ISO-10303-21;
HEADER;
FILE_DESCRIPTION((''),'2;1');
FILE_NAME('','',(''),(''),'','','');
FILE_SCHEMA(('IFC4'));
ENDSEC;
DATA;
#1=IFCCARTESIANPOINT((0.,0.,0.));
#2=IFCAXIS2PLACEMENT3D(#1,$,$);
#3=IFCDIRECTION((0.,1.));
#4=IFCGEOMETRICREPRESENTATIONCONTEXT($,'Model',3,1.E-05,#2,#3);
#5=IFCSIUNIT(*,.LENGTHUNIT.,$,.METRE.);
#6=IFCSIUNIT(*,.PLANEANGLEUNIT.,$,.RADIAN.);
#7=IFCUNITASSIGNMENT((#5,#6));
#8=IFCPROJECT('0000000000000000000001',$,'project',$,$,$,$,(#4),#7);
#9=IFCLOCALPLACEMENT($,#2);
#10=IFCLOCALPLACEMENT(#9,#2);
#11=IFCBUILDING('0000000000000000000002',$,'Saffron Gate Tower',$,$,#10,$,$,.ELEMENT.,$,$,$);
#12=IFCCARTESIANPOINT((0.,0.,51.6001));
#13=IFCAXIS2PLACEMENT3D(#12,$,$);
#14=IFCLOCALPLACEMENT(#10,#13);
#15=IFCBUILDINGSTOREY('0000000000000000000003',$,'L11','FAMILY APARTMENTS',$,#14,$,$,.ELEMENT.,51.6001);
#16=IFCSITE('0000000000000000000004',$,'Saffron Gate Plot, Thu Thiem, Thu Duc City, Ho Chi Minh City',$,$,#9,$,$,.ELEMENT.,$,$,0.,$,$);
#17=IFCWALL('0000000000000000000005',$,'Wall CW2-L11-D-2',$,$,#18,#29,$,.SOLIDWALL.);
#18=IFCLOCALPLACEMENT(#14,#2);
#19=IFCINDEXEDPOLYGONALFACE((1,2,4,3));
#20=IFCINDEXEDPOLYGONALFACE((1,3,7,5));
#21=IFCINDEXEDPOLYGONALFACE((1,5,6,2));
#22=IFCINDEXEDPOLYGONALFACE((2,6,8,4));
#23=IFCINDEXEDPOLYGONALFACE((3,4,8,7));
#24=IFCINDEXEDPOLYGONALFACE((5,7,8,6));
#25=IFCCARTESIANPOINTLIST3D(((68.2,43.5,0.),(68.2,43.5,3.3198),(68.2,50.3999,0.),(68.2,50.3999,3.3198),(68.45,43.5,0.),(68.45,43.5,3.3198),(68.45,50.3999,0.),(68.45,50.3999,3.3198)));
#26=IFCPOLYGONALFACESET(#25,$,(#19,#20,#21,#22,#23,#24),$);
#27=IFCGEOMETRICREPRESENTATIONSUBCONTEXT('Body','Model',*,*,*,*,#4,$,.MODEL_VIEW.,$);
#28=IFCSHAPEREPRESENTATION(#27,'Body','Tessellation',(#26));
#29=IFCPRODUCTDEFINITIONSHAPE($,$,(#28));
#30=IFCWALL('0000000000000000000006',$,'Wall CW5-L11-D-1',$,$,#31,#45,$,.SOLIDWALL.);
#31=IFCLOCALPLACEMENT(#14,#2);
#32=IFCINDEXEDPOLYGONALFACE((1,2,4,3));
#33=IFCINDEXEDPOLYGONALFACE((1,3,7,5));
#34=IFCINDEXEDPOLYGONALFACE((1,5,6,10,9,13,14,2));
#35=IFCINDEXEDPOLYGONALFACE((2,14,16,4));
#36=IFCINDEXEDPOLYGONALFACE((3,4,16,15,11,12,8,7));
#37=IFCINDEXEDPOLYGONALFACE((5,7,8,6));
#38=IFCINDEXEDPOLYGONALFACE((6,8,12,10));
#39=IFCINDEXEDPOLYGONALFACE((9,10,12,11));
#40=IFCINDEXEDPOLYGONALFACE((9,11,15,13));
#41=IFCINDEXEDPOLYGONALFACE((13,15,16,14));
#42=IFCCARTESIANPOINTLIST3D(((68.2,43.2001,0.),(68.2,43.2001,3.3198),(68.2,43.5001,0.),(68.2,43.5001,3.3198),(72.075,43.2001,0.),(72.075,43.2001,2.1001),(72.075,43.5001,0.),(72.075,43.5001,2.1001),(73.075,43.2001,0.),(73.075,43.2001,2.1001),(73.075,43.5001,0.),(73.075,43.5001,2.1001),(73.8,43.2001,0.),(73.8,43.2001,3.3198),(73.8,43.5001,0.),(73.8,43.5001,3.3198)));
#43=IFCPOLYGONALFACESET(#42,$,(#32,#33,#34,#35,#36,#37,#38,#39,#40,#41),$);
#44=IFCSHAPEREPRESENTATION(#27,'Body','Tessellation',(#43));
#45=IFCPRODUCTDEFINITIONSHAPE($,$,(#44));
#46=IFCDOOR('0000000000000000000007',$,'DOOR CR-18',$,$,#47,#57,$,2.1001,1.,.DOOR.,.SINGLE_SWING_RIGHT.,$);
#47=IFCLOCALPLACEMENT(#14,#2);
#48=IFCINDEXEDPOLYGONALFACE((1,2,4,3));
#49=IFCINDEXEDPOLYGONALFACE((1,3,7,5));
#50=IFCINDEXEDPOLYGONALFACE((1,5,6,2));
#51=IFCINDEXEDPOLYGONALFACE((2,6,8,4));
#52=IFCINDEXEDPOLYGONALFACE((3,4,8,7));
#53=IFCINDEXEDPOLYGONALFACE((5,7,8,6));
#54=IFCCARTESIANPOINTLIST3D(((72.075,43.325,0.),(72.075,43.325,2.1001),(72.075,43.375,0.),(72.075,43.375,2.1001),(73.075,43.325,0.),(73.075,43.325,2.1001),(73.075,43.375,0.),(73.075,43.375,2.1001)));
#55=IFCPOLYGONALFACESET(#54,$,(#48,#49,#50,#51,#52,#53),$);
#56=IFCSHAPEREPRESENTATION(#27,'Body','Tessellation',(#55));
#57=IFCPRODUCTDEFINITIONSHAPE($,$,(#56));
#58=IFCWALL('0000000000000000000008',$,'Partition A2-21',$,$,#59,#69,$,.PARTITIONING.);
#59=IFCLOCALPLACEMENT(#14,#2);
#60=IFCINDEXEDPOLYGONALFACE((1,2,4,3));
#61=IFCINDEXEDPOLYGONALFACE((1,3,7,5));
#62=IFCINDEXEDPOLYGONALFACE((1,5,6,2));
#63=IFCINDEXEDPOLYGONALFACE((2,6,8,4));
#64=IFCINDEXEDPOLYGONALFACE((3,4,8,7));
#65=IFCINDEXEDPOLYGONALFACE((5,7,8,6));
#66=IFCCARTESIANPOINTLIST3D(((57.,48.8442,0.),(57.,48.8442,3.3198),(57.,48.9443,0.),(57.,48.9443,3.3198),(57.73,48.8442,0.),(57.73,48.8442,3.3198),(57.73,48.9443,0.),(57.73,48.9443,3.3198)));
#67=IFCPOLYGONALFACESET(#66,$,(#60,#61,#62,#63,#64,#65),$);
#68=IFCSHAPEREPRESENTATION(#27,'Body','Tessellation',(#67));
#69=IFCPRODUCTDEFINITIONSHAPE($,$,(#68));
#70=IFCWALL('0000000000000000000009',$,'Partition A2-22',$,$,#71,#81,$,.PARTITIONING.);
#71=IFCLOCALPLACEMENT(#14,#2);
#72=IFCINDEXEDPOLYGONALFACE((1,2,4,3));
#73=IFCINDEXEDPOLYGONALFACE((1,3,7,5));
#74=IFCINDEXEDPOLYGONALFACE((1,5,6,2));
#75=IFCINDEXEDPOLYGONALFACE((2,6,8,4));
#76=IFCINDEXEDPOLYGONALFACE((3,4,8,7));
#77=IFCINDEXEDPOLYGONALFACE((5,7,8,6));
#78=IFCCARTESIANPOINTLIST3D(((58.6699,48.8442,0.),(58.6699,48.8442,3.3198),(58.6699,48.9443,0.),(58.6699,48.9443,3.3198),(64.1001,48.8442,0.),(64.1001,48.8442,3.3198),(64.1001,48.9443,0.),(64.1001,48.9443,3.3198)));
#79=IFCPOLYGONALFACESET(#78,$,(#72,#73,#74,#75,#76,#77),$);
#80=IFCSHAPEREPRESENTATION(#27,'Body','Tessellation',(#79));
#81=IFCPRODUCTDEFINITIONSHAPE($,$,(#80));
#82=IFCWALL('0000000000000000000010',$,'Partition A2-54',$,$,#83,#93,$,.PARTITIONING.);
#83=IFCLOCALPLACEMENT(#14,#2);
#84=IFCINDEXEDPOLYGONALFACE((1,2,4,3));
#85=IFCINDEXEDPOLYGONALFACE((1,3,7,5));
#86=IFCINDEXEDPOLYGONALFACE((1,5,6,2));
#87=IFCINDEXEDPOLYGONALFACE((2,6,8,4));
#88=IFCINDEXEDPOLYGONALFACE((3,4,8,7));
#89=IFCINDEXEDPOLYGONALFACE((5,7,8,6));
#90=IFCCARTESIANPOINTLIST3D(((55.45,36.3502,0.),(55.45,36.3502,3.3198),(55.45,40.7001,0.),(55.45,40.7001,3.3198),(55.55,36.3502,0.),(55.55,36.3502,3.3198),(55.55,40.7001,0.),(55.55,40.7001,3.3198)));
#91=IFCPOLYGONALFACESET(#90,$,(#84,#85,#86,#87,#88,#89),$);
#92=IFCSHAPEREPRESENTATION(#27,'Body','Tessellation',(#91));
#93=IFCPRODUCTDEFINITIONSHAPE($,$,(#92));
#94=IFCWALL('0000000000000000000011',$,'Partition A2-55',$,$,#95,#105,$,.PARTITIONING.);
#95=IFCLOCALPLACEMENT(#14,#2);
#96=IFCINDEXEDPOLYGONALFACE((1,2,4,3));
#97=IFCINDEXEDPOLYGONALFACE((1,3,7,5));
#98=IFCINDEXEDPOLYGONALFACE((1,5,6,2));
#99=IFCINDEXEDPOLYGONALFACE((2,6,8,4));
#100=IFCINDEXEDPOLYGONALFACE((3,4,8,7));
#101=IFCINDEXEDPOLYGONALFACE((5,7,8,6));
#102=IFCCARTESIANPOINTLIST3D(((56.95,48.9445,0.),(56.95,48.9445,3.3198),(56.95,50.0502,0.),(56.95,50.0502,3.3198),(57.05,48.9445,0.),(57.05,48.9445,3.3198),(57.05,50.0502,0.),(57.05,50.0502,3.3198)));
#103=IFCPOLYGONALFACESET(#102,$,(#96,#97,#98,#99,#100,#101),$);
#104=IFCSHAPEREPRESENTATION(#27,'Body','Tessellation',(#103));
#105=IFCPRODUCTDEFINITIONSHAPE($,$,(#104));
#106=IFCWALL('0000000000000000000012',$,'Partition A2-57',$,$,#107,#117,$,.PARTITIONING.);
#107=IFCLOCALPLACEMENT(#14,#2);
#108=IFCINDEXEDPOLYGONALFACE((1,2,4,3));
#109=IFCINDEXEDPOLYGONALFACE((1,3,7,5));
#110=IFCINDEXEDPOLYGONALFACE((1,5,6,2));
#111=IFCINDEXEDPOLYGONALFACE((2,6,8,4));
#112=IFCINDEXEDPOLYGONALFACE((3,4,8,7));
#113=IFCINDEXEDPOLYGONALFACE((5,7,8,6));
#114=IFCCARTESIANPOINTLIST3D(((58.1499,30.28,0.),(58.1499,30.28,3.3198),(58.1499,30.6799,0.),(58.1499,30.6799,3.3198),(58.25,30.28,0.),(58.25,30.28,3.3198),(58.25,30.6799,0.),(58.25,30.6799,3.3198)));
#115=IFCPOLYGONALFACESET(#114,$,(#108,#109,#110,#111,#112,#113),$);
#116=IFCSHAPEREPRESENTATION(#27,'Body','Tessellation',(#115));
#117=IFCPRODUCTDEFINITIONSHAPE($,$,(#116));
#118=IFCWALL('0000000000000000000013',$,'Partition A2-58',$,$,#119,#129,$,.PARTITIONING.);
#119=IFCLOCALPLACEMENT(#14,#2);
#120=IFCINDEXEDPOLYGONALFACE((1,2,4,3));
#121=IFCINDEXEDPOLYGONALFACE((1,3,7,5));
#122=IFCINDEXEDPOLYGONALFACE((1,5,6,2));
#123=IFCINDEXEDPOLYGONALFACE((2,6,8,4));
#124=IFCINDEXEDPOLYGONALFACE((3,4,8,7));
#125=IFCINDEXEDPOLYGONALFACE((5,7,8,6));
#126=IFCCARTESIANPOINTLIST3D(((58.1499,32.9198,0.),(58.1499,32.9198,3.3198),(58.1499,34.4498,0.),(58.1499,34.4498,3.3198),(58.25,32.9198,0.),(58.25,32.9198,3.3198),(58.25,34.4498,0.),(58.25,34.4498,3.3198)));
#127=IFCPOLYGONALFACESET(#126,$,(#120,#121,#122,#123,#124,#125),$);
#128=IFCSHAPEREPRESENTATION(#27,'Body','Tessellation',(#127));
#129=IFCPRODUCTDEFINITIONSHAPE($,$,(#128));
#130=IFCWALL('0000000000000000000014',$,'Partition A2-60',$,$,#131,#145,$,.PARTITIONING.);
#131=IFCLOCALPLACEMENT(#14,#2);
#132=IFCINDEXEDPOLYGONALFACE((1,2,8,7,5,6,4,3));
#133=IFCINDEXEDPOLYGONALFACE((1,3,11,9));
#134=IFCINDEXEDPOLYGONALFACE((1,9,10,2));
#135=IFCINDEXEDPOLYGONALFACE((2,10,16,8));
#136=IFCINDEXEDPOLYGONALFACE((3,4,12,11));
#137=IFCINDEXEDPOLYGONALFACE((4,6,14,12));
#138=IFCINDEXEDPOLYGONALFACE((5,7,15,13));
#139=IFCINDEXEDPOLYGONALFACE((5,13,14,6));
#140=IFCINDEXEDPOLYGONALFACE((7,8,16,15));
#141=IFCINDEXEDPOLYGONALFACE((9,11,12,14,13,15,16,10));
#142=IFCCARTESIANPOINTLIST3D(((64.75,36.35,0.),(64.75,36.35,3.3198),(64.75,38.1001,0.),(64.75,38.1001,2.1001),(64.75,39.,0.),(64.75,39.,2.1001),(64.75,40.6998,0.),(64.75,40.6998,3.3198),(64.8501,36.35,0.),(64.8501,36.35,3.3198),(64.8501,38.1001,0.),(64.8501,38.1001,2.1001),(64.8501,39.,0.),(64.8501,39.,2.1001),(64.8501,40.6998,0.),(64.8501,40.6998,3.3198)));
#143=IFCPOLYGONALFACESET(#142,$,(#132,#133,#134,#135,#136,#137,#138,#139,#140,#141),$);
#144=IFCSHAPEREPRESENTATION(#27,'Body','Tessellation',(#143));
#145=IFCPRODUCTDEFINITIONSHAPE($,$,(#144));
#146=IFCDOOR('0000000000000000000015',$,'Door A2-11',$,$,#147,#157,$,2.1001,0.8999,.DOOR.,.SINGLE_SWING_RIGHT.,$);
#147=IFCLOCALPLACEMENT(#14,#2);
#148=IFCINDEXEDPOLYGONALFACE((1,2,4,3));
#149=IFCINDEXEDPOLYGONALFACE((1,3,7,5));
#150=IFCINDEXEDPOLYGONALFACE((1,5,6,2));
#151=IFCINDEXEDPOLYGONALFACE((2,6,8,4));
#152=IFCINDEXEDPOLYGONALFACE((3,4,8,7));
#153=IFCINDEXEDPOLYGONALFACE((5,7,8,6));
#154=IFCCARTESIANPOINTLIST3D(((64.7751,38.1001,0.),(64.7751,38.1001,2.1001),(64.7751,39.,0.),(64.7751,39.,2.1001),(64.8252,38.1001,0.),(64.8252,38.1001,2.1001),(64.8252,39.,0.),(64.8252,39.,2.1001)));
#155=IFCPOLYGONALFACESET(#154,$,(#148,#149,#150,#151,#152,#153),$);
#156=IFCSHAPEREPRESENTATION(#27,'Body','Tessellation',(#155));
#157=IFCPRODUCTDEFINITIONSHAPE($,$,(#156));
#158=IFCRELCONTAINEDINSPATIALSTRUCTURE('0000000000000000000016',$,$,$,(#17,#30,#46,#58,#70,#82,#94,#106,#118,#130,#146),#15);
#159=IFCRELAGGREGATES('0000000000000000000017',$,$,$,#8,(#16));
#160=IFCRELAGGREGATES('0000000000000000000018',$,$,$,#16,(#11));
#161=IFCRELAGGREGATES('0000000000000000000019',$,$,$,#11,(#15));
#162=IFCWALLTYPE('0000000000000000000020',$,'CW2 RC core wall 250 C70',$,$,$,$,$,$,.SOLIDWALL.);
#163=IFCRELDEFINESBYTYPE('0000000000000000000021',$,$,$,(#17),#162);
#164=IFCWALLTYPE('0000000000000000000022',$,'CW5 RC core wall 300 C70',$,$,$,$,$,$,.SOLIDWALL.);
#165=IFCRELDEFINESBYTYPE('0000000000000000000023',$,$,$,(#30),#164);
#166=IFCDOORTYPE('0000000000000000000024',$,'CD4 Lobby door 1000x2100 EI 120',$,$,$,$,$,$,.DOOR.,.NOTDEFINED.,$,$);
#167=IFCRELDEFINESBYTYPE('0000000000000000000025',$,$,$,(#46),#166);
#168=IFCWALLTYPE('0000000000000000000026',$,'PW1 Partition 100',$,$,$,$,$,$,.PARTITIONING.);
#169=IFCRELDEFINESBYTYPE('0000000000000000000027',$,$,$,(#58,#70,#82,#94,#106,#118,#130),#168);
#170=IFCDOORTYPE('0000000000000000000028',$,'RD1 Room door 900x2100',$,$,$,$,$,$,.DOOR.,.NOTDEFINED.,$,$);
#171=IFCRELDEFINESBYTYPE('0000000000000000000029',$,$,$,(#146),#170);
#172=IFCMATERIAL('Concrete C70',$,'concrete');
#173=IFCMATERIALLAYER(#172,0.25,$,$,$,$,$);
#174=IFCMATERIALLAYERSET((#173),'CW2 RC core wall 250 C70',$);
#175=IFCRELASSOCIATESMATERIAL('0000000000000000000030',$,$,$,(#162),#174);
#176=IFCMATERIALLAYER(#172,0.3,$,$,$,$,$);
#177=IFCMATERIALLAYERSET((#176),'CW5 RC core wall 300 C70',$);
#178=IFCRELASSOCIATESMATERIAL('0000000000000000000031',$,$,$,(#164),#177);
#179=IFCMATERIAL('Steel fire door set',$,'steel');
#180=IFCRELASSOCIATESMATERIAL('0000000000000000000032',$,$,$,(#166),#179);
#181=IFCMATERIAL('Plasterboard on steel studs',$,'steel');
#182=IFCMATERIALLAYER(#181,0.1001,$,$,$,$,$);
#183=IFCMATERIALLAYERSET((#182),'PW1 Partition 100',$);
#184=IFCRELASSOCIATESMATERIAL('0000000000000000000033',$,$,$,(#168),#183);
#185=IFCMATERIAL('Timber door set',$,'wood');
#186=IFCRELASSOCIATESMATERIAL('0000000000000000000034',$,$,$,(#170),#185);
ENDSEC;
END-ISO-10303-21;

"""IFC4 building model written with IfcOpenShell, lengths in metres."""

from ifc_helpers import new_model, si_unit, direction, frame, frame_2d, origin, place, context, subcontext, project, spatial, rectangle, extrude, material, layer, layer_set, type_object, element, fill, save


model = new_model("IFC4")

# Units and contexts
model_context = context("Model", 3, precision=1e-05, world=origin(), true_north=direction((0.0, 1.0)))
body_context = subcontext(model_context, "Body", "Model", "MODEL_VIEW")
ifc_project = project(units=[si_unit("LENGTHUNIT", "METRE"), si_unit("PLANEANGLEUNIT", "RADIAN")], contexts=[model_context])

# Site, building, storey
site_placement = place(None, origin())
site = spatial("IfcSite", under=ifc_project, at=site_placement, Name="Saffron Gate Plot, Thu Thiem, Thu Duc City, Ho Chi Minh City", CompositionType="ELEMENT", RefElevation=0.0)
building_placement = place(site_placement, origin())
building = spatial("IfcBuilding", under=site, at=building_placement, Name="Saffron Gate Tower", CompositionType="ELEMENT")
storey_placement = place(building_placement, frame((0.0, 0.0, 51.6001)))
storey = spatial("IfcBuildingStorey", under=building, at=storey_placement, Name="L11", Description="FAMILY APARTMENTS", CompositionType="ELEMENT", Elevation=51.6001)

# Wall
ifc_material_1 = material(Name="Concrete C70", Category="concrete")
ifc_layer_1 = layer(ifc_material_1, 0.25)
ifc_layer_set_1 = layer_set([ifc_layer_1], Name="CW2 RC core wall 250 C70")
wall_type_1 = type_object("IfcWallType", Name="CW2 RC core wall 250 C70", PredefinedType="SOLIDWALL", material=ifc_layer_set_1)
wall_1_placement = place(storey_placement, frame((68.325, 43.5, 0.0), z_axis=(0.0, 0.0, 1.0), x_axis=(0.0, 1.0, 0.0)))
element("IfcWall", 1, at=wall_1_placement, inside=storey, type_object=wall_type_1, Name="Wall CW2-L11-D-2", PredefinedType="SOLIDWALL", context=body_context, shape_type="SweptSolid", body=[
    extrude(rectangle(XDim=6.8999, YDim=0.25, at=frame_2d((3.45, 0.0))), origin(), (0.0, 0.0, 1.0), 3.3198),
])

# Wall, opening, door
ifc_layer_2 = layer(ifc_material_1, 0.3)
ifc_layer_set_2 = layer_set([ifc_layer_2], Name="CW5 RC core wall 300 C70")
wall_type_2 = type_object("IfcWallType", Name="CW5 RC core wall 300 C70", PredefinedType="SOLIDWALL", material=ifc_layer_set_2)
wall_2_placement = place(storey_placement, frame((68.2, 43.3501, 0.0), z_axis=(0.0, 0.0, 1.0), x_axis=(1.0, 0.0, 0.0)))
wall_2 = element("IfcWall", 2, at=wall_2_placement, inside=storey, type_object=wall_type_2, Name="Wall CW5-L11-D-1", PredefinedType="SOLIDWALL", context=body_context, shape_type="SweptSolid", body=[
    extrude(rectangle(XDim=5.6001, YDim=0.3, at=frame_2d((2.8, 0.0))), origin(), (0.0, 0.0, 1.0), 3.3198),
])
opening_1_placement = place(wall_2_placement, frame((3.875, 0.0, 0.0)))
opening_1 = element("IfcOpeningElement", 3, at=opening_1_placement, cuts=wall_2, PredefinedType="OPENING", context=body_context, shape_type="SweptSolid", body=[
    extrude(rectangle(XDim=1.0, YDim=2.1001, at=frame_2d((0.5, 1.05))), frame((0.0, 0.1602, 0.0), z_axis=(0.0, -1.0, 0.0), x_axis=(1.0, 0.0, 0.0)), (0.0, 0.0, 1.0), 0.3201),
])
ifc_material_2 = material(Name="Steel fire door set", Category="steel")
door_type_1 = type_object("IfcDoorType", Name="CD4 Lobby door 1000x2100 EI 120", OperationType="NOTDEFINED", PredefinedType="DOOR", material=ifc_material_2)
door_1_placement = place(opening_1_placement, origin())
door_1 = element("IfcDoor", 4, at=door_1_placement, inside=storey, type_object=door_type_1, Name="DOOR CR-18", OperationType="SINGLE_SWING_RIGHT", OverallHeight=2.1001, OverallWidth=1.0, PredefinedType="DOOR", context=body_context, shape_type="SweptSolid", body=[
    extrude(rectangle(XDim=1.0, YDim=2.1001, at=frame_2d((0.5, 1.05))), frame((0.0, 0.0249, 0.0), z_axis=(0.0, -1.0, 0.0), x_axis=(1.0, 0.0, 0.0)), (0.0, 0.0, 1.0), 0.05),
])
fill(opening_1, door_1)

# Walls
ifc_material_3 = material(Name="Plasterboard on steel studs", Category="steel")
ifc_layer_3 = layer(ifc_material_3, 0.1001)
ifc_layer_set_3 = layer_set([ifc_layer_3], Name="PW1 Partition 100")
wall_type_3 = type_object("IfcWallType", Name="PW1 Partition 100", PredefinedType="PARTITIONING", material=ifc_layer_set_3)
wall_3_placement = place(storey_placement, frame((57.0, 48.8943, 0.0), z_axis=(0.0, 0.0, 1.0), x_axis=(1.0, 0.0, 0.0)))
element("IfcWall", 5, at=wall_3_placement, inside=storey, type_object=wall_type_3, Name="Partition A2-21", PredefinedType="PARTITIONING", context=body_context, shape_type="SweptSolid", body=[
    extrude(rectangle(XDim=0.73, YDim=0.1001, at=frame_2d((0.365, 0.0))), origin(), (0.0, 0.0, 1.0), 3.3198),
])
wall_4_placement = place(storey_placement, frame((58.6699, 48.8943, 0.0), z_axis=(0.0, 0.0, 1.0), x_axis=(1.0, 0.0, 0.0)))
element("IfcWall", 6, at=wall_4_placement, inside=storey, type_object=wall_type_3, Name="Partition A2-22", PredefinedType="PARTITIONING", context=body_context, shape_type="SweptSolid", body=[
    extrude(rectangle(XDim=5.4302, YDim=0.1001, at=frame_2d((2.7151, 0.0))), origin(), (0.0, 0.0, 1.0), 3.3198),
])
wall_5_placement = place(storey_placement, frame((55.5, 40.7, 0.0), z_axis=(0.0, 0.0, 1.0), x_axis=(0.0, -1.0, 0.0)))
element("IfcWall", 7, at=wall_5_placement, inside=storey, type_object=wall_type_3, Name="Partition A2-54", PredefinedType="PARTITIONING", context=body_context, shape_type="SweptSolid", body=[
    extrude(rectangle(XDim=4.3499, YDim=0.1001, at=frame_2d((2.1748, 0.0))), origin(), (0.0, 0.0, 1.0), 3.3198),
])
wall_6_placement = place(storey_placement, frame((57.0, 50.05, 0.0), z_axis=(0.0, 0.0, 1.0), x_axis=(0.0, -1.0, 0.0)))
element("IfcWall", 8, at=wall_6_placement, inside=storey, type_object=wall_type_3, Name="Partition A2-55", PredefinedType="PARTITIONING", context=body_context, shape_type="SweptSolid", body=[
    extrude(rectangle(XDim=1.1057, YDim=0.1001, at=frame_2d((0.5527, 0.0))), origin(), (0.0, 0.0, 1.0), 3.3198),
])
wall_7_placement = place(storey_placement, frame((58.2, 30.6799, 0.0), z_axis=(0.0, 0.0, 1.0), x_axis=(0.0, -1.0, 0.0)))
element("IfcWall", 9, at=wall_7_placement, inside=storey, type_object=wall_type_3, Name="Partition A2-57", PredefinedType="PARTITIONING", context=body_context, shape_type="SweptSolid", body=[
    extrude(rectangle(XDim=0.3999, YDim=0.1001, at=frame_2d((0.2, 0.0))), origin(), (0.0, 0.0, 1.0), 3.3198),
])
wall_8_placement = place(storey_placement, frame((58.2, 34.45, 0.0), z_axis=(0.0, 0.0, 1.0), x_axis=(0.0, -1.0, 0.0)))
element("IfcWall", 10, at=wall_8_placement, inside=storey, type_object=wall_type_3, Name="Partition A2-58", PredefinedType="PARTITIONING", context=body_context, shape_type="SweptSolid", body=[
    extrude(rectangle(XDim=1.53, YDim=0.1001, at=frame_2d((0.7651, 0.0))), origin(), (0.0, 0.0, 1.0), 3.3198),
])

# Wall, opening, door
wall_9_placement = place(storey_placement, frame((64.8, 36.3501, 0.0), z_axis=(0.0, 0.0, 1.0), x_axis=(0.0, 1.0, 0.0)))
wall_9 = element("IfcWall", 11, at=wall_9_placement, inside=storey, type_object=wall_type_3, Name="Partition A2-60", PredefinedType="PARTITIONING", context=body_context, shape_type="SweptSolid", body=[
    extrude(rectangle(XDim=4.3499, YDim=0.1001, at=frame_2d((2.1748, 0.0))), origin(), (0.0, 0.0, 1.0), 3.3198),
])
opening_2_placement = place(wall_9_placement, frame((1.75, 0.0, 0.0)))
opening_2 = element("IfcOpeningElement", 12, at=opening_2_placement, cuts=wall_9, PredefinedType="OPENING", context=body_context, shape_type="SweptSolid", body=[
    extrude(rectangle(XDim=0.8999, YDim=2.1001, at=frame_2d((0.45, 1.05))), frame((0.0, 0.0601, 0.0), z_axis=(0.0, -1.0, 0.0), x_axis=(1.0, 0.0, 0.0)), (0.0, 0.0, 1.0), 0.1201),
])
ifc_material_4 = material(Name="Timber door set", Category="wood")
door_type_2 = type_object("IfcDoorType", Name="RD1 Room door 900x2100", OperationType="NOTDEFINED", PredefinedType="DOOR", material=ifc_material_4)
door_2_placement = place(opening_2_placement, origin())
door_2 = element("IfcDoor", 13, at=door_2_placement, inside=storey, type_object=door_type_2, Name="Door A2-11", OperationType="SINGLE_SWING_RIGHT", OverallHeight=2.1001, OverallWidth=0.8999, PredefinedType="DOOR", context=body_context, shape_type="SweptSolid", body=[
    extrude(rectangle(XDim=0.8999, YDim=2.1001, at=frame_2d((0.45, 1.05))), frame((0.0, 0.0249, 0.0), z_axis=(0.0, -1.0, 0.0), x_axis=(1.0, 0.0, 0.0)), (0.0, 0.0, 1.0), 0.05),
])
fill(opening_2, door_2)

save(model, "model.ifc")
